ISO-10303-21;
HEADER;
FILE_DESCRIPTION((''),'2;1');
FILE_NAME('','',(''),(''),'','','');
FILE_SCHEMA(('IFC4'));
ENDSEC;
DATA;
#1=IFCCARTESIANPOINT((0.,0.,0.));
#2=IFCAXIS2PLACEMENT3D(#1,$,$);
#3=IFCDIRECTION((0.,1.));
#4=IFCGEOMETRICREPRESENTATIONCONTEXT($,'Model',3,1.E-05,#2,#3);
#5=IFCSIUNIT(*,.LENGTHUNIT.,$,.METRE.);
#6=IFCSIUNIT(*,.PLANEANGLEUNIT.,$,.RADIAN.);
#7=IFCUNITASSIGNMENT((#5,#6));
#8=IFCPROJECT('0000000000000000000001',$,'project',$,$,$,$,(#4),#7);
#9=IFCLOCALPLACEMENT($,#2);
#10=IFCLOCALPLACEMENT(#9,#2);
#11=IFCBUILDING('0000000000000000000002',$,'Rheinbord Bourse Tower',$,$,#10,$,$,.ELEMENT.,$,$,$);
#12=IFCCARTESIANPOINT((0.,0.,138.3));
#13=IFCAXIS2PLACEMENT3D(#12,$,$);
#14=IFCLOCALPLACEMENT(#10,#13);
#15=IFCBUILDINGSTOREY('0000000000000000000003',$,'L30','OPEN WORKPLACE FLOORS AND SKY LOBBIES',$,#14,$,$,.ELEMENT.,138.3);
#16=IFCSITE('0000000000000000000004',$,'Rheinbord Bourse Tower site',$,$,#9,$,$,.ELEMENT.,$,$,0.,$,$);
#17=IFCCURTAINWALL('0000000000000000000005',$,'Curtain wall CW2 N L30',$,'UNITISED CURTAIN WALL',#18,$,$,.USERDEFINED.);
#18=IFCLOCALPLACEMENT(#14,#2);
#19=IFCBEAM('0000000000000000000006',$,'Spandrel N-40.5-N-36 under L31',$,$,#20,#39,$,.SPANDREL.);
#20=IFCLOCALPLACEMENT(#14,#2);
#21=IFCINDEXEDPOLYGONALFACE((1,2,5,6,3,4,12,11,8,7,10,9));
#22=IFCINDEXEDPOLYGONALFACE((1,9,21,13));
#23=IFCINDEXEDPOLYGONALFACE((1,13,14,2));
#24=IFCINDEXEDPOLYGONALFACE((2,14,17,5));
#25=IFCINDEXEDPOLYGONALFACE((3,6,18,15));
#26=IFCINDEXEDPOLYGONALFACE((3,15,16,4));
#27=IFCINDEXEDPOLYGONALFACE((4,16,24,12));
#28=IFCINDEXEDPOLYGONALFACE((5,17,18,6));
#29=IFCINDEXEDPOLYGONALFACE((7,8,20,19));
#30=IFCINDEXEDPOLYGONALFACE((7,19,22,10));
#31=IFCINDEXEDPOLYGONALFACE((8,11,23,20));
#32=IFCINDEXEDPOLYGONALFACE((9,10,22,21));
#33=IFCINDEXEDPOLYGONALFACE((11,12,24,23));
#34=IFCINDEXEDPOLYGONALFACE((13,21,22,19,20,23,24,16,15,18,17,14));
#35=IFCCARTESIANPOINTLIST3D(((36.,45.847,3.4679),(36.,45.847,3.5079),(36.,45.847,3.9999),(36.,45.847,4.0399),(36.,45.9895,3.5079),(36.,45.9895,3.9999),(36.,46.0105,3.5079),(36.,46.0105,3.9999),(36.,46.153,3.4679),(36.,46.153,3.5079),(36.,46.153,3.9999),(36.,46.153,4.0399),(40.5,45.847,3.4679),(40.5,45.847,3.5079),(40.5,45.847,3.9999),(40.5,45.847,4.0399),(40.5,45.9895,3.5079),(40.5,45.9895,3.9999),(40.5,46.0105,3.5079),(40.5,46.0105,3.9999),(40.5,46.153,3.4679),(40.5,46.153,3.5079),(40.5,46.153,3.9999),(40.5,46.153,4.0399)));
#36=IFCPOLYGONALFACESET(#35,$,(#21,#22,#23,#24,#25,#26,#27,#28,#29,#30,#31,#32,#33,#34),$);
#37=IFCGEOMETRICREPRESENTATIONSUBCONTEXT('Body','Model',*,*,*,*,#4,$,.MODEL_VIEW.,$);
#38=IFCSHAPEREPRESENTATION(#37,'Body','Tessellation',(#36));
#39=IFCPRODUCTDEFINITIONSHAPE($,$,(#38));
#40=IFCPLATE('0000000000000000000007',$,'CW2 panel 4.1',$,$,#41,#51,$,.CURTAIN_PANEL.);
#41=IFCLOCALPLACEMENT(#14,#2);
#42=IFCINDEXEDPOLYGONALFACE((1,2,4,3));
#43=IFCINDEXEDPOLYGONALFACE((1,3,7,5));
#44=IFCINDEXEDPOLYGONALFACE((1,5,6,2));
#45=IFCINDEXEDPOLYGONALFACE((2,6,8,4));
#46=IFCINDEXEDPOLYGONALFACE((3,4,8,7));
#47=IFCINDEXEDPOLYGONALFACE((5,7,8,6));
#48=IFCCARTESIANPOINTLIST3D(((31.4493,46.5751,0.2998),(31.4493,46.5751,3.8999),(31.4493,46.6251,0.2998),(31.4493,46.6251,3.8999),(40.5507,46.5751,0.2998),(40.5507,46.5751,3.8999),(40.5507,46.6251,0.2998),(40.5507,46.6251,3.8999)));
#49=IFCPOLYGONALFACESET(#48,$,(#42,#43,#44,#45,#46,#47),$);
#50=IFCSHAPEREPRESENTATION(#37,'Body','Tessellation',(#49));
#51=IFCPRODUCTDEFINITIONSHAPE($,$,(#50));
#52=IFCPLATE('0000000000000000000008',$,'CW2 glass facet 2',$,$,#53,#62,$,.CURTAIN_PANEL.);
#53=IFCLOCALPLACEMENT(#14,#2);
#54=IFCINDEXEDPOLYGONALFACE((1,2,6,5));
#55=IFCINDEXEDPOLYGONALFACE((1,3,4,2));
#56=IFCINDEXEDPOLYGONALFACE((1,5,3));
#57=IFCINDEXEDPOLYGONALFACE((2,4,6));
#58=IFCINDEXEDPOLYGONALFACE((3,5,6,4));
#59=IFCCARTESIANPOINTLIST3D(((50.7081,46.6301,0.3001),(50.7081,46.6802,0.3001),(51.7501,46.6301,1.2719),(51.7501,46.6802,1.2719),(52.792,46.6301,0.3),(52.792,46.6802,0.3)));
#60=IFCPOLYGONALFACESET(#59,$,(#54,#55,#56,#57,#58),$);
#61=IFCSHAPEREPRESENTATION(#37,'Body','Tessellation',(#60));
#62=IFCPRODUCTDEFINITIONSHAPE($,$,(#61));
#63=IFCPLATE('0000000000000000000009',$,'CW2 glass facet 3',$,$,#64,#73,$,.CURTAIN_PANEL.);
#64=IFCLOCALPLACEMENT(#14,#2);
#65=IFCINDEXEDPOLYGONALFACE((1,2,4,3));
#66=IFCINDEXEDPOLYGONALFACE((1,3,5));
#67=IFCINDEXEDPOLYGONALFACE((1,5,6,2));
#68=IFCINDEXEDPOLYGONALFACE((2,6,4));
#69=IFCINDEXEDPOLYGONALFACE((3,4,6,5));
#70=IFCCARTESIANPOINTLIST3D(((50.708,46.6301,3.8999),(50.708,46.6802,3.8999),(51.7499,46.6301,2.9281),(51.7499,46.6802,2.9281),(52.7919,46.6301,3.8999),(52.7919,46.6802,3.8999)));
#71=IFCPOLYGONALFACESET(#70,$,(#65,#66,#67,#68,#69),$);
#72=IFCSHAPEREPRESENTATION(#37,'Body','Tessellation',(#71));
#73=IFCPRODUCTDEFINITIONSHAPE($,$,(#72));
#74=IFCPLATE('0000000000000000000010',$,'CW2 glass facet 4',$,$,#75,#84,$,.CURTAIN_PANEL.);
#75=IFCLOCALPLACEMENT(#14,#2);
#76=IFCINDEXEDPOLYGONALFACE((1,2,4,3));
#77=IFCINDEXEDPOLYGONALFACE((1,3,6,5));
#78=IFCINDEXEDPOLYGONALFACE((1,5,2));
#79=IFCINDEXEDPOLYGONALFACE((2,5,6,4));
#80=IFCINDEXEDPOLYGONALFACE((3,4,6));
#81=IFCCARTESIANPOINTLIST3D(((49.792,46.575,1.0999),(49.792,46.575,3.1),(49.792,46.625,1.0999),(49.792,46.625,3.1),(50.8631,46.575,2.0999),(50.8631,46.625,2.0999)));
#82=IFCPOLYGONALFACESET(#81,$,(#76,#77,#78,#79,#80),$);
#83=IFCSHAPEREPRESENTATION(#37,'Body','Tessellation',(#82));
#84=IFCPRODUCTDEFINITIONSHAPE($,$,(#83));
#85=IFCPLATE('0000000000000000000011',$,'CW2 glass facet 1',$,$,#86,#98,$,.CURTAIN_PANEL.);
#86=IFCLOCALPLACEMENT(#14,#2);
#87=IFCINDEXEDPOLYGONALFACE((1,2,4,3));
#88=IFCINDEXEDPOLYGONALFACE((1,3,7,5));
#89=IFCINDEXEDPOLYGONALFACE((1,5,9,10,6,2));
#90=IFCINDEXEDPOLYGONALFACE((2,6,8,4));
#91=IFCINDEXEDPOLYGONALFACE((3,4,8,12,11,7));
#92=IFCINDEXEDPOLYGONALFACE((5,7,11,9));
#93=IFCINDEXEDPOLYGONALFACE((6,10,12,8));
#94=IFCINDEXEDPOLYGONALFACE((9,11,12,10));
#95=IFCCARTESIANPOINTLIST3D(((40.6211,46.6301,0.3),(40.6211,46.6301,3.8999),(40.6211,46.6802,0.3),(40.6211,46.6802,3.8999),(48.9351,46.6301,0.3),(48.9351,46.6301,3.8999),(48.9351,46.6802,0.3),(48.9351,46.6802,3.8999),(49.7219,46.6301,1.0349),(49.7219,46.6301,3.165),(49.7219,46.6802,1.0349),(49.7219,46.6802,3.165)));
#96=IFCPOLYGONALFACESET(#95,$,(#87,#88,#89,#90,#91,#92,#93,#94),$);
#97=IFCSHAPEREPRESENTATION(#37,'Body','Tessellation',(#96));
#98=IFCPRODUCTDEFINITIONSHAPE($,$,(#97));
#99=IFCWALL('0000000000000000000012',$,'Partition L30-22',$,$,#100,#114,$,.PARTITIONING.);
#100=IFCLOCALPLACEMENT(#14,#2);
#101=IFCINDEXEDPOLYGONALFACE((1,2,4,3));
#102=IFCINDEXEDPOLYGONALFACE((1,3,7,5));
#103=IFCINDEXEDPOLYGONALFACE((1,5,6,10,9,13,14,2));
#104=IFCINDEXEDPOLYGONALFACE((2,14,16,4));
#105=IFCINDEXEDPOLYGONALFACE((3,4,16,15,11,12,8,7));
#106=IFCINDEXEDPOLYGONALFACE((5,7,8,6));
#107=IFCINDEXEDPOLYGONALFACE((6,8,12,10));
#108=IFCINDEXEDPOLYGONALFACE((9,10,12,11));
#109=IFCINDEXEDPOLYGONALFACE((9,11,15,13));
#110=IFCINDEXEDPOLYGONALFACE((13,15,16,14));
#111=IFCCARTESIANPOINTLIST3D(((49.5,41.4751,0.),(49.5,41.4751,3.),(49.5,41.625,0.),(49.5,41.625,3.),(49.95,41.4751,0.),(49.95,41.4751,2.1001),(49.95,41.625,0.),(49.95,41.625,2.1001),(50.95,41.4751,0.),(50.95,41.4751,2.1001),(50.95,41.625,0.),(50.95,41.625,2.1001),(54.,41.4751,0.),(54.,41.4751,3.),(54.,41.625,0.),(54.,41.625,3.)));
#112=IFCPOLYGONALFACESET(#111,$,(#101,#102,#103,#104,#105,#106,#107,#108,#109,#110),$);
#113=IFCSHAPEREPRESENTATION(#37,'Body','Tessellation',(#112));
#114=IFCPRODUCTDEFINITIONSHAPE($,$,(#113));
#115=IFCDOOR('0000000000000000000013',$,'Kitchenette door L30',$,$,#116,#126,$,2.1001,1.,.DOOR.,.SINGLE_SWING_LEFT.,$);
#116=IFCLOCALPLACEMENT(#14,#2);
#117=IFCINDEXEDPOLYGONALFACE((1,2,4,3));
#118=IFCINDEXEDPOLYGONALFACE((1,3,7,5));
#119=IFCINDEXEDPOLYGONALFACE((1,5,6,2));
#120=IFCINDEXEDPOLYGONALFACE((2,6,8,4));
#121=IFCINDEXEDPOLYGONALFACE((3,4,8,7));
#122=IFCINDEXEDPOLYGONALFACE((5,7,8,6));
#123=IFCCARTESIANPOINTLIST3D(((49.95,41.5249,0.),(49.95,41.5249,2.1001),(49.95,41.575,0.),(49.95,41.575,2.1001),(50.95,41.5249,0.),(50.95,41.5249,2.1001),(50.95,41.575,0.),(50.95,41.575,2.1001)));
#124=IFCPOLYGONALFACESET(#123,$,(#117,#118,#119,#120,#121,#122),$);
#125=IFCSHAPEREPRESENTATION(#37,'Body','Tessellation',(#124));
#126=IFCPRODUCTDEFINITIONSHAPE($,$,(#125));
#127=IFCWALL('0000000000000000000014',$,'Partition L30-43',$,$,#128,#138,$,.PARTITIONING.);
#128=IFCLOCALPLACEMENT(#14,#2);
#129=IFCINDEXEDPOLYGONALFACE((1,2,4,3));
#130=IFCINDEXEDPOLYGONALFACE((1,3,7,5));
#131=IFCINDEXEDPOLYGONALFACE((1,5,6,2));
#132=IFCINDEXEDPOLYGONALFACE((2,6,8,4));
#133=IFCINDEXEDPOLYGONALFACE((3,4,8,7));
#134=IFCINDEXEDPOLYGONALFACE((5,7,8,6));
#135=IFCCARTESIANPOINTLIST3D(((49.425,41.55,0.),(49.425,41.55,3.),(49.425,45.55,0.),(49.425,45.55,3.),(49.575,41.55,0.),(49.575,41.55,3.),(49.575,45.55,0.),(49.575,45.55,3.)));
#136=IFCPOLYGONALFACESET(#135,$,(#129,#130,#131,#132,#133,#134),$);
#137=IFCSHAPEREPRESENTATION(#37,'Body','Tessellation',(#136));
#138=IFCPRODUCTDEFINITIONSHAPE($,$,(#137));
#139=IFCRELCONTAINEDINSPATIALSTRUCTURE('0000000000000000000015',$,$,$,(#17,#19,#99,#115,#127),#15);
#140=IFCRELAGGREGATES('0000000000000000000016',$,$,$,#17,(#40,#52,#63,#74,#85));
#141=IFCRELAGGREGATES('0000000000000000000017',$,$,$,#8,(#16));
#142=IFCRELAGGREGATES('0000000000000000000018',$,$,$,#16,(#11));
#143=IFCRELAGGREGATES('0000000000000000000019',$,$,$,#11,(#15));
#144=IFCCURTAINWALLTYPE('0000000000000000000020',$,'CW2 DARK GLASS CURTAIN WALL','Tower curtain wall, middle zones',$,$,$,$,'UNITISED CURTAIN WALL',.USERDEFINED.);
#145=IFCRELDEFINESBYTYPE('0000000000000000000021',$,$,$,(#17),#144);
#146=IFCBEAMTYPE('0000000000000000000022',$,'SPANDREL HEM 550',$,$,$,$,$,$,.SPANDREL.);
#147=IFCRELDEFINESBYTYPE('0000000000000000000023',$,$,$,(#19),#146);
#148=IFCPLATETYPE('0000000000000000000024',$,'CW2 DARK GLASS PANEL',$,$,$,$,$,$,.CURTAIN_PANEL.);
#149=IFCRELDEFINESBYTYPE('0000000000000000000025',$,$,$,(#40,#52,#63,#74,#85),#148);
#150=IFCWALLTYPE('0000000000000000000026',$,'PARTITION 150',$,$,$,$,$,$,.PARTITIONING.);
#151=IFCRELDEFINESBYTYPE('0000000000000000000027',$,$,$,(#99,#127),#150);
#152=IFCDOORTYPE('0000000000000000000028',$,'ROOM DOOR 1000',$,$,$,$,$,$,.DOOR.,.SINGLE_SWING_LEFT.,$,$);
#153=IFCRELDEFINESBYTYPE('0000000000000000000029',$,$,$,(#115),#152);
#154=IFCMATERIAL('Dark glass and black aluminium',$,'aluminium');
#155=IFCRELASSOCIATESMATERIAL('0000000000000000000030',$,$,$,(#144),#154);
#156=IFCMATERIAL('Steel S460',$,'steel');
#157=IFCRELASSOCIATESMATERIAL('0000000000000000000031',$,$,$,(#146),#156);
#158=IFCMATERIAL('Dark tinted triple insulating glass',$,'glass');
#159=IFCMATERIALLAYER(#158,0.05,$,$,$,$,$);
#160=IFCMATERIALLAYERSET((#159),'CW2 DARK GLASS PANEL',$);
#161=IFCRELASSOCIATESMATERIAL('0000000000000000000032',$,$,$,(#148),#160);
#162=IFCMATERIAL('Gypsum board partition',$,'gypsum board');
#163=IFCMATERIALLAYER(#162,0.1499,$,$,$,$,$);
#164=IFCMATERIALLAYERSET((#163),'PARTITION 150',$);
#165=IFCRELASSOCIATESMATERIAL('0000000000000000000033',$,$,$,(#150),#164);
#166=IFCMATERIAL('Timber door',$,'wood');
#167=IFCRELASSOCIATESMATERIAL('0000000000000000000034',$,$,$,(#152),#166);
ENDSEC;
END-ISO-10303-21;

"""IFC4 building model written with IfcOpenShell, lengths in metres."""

from ifc_helpers import new_model, si_unit, direction, frame, frame_2d, origin, origin_2d, place, context, subcontext, project, spatial, polyline, rectangle, i_section, outline, extrude, material, layer, layer_set, material_profile, profile_set, type_object, element, fill, aggregate, save


model = new_model("IFC4")

# Units and contexts
model_context = context("Model", 3, precision=1e-05, world=origin(), true_north=direction((0.0, 1.0)))
body_context = subcontext(model_context, "Body", "Model", "MODEL_VIEW")
ifc_project = project(units=[si_unit("LENGTHUNIT", "METRE"), si_unit("PLANEANGLEUNIT", "RADIAN")], contexts=[model_context])

# Site, building, storey
site_placement = place(None, origin())
site = spatial("IfcSite", under=ifc_project, at=site_placement, Name="Rheinbord Bourse Tower site", CompositionType="ELEMENT", RefElevation=0.0)
building_placement = place(site_placement, origin())
building = spatial("IfcBuilding", under=site, at=building_placement, Name="Rheinbord Bourse Tower", CompositionType="ELEMENT")
storey_placement = place(building_placement, frame((0.0, 0.0, 138.3)))
storey = spatial("IfcBuildingStorey", under=building, at=storey_placement, Name="L30", Description="OPEN WORKPLACE FLOORS AND SKY LOBBIES", CompositionType="ELEMENT", Elevation=138.3)

# Curtain wall
ifc_material_1 = material(Name="Dark glass and black aluminium", Category="aluminium")
curtain_wall_type = type_object("IfcCurtainWallType", Name="CW2 DARK GLASS CURTAIN WALL", Description="Tower curtain wall, middle zones", ElementType="UNITISED CURTAIN WALL", PredefinedType="USERDEFINED", material=ifc_material_1)
curtain_wall_placement = place(storey_placement, origin())
curtain_wall = element("IfcCurtainWall", 1, at=curtain_wall_placement, inside=storey, type_object=curtain_wall_type, Name="Curtain wall CW2 N L30", ObjectType="UNITISED CURTAIN WALL", PredefinedType="USERDEFINED")

# Beam
ifc_material_2 = material(Name="Steel S460", Category="steel")
ifc_material_profile_1 = material_profile(ifc_material_2, i_section(OverallWidth=0.3059, OverallDepth=0.572, WebThickness=0.021, FlangeThickness=0.04, at=origin_2d()), Name="HEM 550")
ifc_profile_set_1 = profile_set([ifc_material_profile_1], Name="Steel S460")
beam_type_1 = type_object("IfcBeamType", Name="SPANDREL HEM 550", PredefinedType="SPANDREL", material=ifc_profile_set_1)
for number, where, z_axis, x_axis, name in (
    (2, (40.5, 46.0, 3.7539), (-1.0, 0.0, 0.0), (0.0, -1.0, 0.0), "Spandrel N-40.5-N-36 under L31"),
):
    element("IfcBeam", number, at=place(storey_placement, frame(where, z_axis=z_axis, x_axis=x_axis)), inside=storey, type_object=beam_type_1, Name=name, PredefinedType="SPANDREL", context=body_context, shape_type="SweptSolid", body=[
        extrude(i_section(OverallWidth=0.3059, OverallDepth=0.572, WebThickness=0.021, FlangeThickness=0.04, at=origin_2d()), origin(), (0.0, 0.0, 1.0), 4.5),
    ])

# Plates
ifc_material_3 = material(Name="Dark tinted triple insulating glass", Category="glass")
ifc_layer_1 = layer(ifc_material_3, 0.05)
ifc_layer_set_1 = layer_set([ifc_layer_1], Name="CW2 DARK GLASS PANEL")
plate_type = type_object("IfcPlateType", Name="CW2 DARK GLASS PANEL", PredefinedType="CURTAIN_PANEL", material=ifc_layer_set_1)
plate_1_placement = place(storey_placement, frame((36.0, 46.6001, 0.2998), z_axis=(0.0, 0.0, 1.0), x_axis=(-1.0, 0.0, 0.0)))
plate_1 = element("IfcPlate", 3, at=plate_1_placement, type_object=plate_type, Name="CW2 panel 4.1", PredefinedType="CURTAIN_PANEL", context=body_context, shape_type="SweptSolid", body=[
    extrude(rectangle(XDim=9.1013, YDim=0.05, at=origin_2d()), origin(), (0.0, 0.0, 1.0), 3.6001),
])
plate_2_placement = place(storey_placement, frame((52.792, 46.6802, 0.3), z_axis=(0.0, -1.0, 0.0), x_axis=(-0.731266, 0.0, 0.682092)))
plate_2 = element("IfcPlate", 4, at=plate_2_placement, type_object=plate_type, Name="CW2 glass facet 2", PredefinedType="CURTAIN_PANEL", context=body_context, shape_type="SweptSolid", body=[
    extrude(outline(polyline([(0.0, 0.0), (1.4248, 0.0), (1.5239, 1.4214), (0.0, 0.0)])), origin(), (0.0, 0.0, 1.0), 0.05),
])
plate_3_placement = place(storey_placement, frame((50.708, 46.6802, 3.8999), z_axis=(0.0, -1.0, 0.0), x_axis=(0.731266, 0.0, -0.682092)))
plate_3 = element("IfcPlate", 5, at=plate_3_placement, type_object=plate_type, Name="CW2 glass facet 3", PredefinedType="CURTAIN_PANEL", context=body_context, shape_type="SweptSolid", body=[
    extrude(outline(polyline([(0.0, 0.0), (1.4248, 0.0), (1.5239, 1.4214), (0.0, 0.0)])), origin(), (0.0, 0.0, 1.0), 0.05),
])
plate_4_placement = place(storey_placement, frame((49.792, 46.625, 1.0999), z_axis=(0.0, -1.0, 0.0), x_axis=(0.730933, 0.0, 0.682449)))
plate_4 = element("IfcPlate", 6, at=plate_4_placement, type_object=plate_type, Name="CW2 glass facet 4", PredefinedType="CURTAIN_PANEL", context=body_context, shape_type="SweptSolid", body=[
    extrude(outline(polyline([(0.0, 0.0), (1.4653, 0.0), (1.365, 1.4619), (0.0, 0.0)])), origin(), (0.0, 0.0, 1.0), 0.05),
])
plate_5_placement = place(storey_placement, frame((40.6211, 46.6802, 3.8999), z_axis=(0.0, -1.0, 0.0), x_axis=(0.0, 0.0, -1.0)))
plate_5 = element("IfcPlate", 7, at=plate_5_placement, type_object=plate_type, Name="CW2 glass facet 1", PredefinedType="CURTAIN_PANEL", context=body_context, shape_type="SweptSolid", body=[
    extrude(outline(polyline([(0.0, 0.0), (3.5999, 0.0), (3.5999, 8.314), (2.865, 9.1008), (0.7349, 9.1008), (0.0, 8.314), (0.0, 0.0)])), origin(), (0.0, 0.0, 1.0), 0.05),
])
aggregate(curtain_wall, [plate_1, plate_2, plate_3, plate_4, plate_5])

# Wall, opening, door
ifc_material_4 = material(Name="Gypsum board partition", Category="gypsum board")
ifc_layer_2 = layer(ifc_material_4, 0.1499)
ifc_layer_set_2 = layer_set([ifc_layer_2], Name="PARTITION 150")
wall_type = type_object("IfcWallType", Name="PARTITION 150", PredefinedType="PARTITIONING", material=ifc_layer_set_2)
wall_1_placement = place(storey_placement, frame((49.5, 41.55, 0.0), z_axis=(0.0, 0.0, 1.0), x_axis=(1.0, 0.0, 0.0)))
wall_1 = element("IfcWall", 8, at=wall_1_placement, inside=storey, type_object=wall_type, Name="Partition L30-22", PredefinedType="PARTITIONING", context=body_context, shape_type="SweptSolid", body=[
    extrude(rectangle(XDim=4.5, YDim=0.1499, at=frame_2d((2.25, 0.0))), origin(), (0.0, 0.0, 1.0), 3.0),
])
opening_placement = place(wall_1_placement, frame((0.45, 0.0, 0.0)))
opening = element("IfcOpeningElement", 9, at=opening_placement, cuts=wall_1, PredefinedType="OPENING", context=body_context, shape_type="SweptSolid", body=[
    extrude(rectangle(XDim=1.0, YDim=2.1001, at=frame_2d((0.5, 1.05))), frame((0.0, 0.085, 0.0), z_axis=(0.0, -1.0, 0.0), x_axis=(1.0, 0.0, 0.0)), (0.0, 0.0, 1.0), 0.1699),
])
ifc_material_5 = material(Name="Timber door", Category="wood")
door_type = type_object("IfcDoorType", Name="ROOM DOOR 1000", OperationType="SINGLE_SWING_LEFT", PredefinedType="DOOR", material=ifc_material_5)
door_placement = place(opening_placement, origin())
door = element("IfcDoor", 10, at=door_placement, inside=storey, type_object=door_type, Name="Kitchenette door L30", OperationType="SINGLE_SWING_LEFT", OverallHeight=2.1001, OverallWidth=1.0, PredefinedType="DOOR", context=body_context, shape_type="SweptSolid", body=[
    extrude(rectangle(XDim=1.0, YDim=2.1001, at=frame_2d((0.5, 1.05))), frame((0.0, 0.0249, 0.0), z_axis=(0.0, -1.0, 0.0), x_axis=(1.0, 0.0, 0.0)), (0.0, 0.0, 1.0), 0.05),
])
fill(opening, door)

# Wall
wall_2_placement = place(storey_placement, frame((49.5, 41.55, 0.0), z_axis=(0.0, 0.0, 1.0), x_axis=(0.0, 1.0, 0.0)))
element("IfcWall", 11, at=wall_2_placement, inside=storey, type_object=wall_type, Name="Partition L30-43", PredefinedType="PARTITIONING", context=body_context, shape_type="SweptSolid", body=[
    extrude(rectangle(XDim=4.0, YDim=0.1499, at=frame_2d((2.0, 0.0))), origin(), (0.0, 0.0, 1.0), 3.0),
])

save(model, "model.ifc")
